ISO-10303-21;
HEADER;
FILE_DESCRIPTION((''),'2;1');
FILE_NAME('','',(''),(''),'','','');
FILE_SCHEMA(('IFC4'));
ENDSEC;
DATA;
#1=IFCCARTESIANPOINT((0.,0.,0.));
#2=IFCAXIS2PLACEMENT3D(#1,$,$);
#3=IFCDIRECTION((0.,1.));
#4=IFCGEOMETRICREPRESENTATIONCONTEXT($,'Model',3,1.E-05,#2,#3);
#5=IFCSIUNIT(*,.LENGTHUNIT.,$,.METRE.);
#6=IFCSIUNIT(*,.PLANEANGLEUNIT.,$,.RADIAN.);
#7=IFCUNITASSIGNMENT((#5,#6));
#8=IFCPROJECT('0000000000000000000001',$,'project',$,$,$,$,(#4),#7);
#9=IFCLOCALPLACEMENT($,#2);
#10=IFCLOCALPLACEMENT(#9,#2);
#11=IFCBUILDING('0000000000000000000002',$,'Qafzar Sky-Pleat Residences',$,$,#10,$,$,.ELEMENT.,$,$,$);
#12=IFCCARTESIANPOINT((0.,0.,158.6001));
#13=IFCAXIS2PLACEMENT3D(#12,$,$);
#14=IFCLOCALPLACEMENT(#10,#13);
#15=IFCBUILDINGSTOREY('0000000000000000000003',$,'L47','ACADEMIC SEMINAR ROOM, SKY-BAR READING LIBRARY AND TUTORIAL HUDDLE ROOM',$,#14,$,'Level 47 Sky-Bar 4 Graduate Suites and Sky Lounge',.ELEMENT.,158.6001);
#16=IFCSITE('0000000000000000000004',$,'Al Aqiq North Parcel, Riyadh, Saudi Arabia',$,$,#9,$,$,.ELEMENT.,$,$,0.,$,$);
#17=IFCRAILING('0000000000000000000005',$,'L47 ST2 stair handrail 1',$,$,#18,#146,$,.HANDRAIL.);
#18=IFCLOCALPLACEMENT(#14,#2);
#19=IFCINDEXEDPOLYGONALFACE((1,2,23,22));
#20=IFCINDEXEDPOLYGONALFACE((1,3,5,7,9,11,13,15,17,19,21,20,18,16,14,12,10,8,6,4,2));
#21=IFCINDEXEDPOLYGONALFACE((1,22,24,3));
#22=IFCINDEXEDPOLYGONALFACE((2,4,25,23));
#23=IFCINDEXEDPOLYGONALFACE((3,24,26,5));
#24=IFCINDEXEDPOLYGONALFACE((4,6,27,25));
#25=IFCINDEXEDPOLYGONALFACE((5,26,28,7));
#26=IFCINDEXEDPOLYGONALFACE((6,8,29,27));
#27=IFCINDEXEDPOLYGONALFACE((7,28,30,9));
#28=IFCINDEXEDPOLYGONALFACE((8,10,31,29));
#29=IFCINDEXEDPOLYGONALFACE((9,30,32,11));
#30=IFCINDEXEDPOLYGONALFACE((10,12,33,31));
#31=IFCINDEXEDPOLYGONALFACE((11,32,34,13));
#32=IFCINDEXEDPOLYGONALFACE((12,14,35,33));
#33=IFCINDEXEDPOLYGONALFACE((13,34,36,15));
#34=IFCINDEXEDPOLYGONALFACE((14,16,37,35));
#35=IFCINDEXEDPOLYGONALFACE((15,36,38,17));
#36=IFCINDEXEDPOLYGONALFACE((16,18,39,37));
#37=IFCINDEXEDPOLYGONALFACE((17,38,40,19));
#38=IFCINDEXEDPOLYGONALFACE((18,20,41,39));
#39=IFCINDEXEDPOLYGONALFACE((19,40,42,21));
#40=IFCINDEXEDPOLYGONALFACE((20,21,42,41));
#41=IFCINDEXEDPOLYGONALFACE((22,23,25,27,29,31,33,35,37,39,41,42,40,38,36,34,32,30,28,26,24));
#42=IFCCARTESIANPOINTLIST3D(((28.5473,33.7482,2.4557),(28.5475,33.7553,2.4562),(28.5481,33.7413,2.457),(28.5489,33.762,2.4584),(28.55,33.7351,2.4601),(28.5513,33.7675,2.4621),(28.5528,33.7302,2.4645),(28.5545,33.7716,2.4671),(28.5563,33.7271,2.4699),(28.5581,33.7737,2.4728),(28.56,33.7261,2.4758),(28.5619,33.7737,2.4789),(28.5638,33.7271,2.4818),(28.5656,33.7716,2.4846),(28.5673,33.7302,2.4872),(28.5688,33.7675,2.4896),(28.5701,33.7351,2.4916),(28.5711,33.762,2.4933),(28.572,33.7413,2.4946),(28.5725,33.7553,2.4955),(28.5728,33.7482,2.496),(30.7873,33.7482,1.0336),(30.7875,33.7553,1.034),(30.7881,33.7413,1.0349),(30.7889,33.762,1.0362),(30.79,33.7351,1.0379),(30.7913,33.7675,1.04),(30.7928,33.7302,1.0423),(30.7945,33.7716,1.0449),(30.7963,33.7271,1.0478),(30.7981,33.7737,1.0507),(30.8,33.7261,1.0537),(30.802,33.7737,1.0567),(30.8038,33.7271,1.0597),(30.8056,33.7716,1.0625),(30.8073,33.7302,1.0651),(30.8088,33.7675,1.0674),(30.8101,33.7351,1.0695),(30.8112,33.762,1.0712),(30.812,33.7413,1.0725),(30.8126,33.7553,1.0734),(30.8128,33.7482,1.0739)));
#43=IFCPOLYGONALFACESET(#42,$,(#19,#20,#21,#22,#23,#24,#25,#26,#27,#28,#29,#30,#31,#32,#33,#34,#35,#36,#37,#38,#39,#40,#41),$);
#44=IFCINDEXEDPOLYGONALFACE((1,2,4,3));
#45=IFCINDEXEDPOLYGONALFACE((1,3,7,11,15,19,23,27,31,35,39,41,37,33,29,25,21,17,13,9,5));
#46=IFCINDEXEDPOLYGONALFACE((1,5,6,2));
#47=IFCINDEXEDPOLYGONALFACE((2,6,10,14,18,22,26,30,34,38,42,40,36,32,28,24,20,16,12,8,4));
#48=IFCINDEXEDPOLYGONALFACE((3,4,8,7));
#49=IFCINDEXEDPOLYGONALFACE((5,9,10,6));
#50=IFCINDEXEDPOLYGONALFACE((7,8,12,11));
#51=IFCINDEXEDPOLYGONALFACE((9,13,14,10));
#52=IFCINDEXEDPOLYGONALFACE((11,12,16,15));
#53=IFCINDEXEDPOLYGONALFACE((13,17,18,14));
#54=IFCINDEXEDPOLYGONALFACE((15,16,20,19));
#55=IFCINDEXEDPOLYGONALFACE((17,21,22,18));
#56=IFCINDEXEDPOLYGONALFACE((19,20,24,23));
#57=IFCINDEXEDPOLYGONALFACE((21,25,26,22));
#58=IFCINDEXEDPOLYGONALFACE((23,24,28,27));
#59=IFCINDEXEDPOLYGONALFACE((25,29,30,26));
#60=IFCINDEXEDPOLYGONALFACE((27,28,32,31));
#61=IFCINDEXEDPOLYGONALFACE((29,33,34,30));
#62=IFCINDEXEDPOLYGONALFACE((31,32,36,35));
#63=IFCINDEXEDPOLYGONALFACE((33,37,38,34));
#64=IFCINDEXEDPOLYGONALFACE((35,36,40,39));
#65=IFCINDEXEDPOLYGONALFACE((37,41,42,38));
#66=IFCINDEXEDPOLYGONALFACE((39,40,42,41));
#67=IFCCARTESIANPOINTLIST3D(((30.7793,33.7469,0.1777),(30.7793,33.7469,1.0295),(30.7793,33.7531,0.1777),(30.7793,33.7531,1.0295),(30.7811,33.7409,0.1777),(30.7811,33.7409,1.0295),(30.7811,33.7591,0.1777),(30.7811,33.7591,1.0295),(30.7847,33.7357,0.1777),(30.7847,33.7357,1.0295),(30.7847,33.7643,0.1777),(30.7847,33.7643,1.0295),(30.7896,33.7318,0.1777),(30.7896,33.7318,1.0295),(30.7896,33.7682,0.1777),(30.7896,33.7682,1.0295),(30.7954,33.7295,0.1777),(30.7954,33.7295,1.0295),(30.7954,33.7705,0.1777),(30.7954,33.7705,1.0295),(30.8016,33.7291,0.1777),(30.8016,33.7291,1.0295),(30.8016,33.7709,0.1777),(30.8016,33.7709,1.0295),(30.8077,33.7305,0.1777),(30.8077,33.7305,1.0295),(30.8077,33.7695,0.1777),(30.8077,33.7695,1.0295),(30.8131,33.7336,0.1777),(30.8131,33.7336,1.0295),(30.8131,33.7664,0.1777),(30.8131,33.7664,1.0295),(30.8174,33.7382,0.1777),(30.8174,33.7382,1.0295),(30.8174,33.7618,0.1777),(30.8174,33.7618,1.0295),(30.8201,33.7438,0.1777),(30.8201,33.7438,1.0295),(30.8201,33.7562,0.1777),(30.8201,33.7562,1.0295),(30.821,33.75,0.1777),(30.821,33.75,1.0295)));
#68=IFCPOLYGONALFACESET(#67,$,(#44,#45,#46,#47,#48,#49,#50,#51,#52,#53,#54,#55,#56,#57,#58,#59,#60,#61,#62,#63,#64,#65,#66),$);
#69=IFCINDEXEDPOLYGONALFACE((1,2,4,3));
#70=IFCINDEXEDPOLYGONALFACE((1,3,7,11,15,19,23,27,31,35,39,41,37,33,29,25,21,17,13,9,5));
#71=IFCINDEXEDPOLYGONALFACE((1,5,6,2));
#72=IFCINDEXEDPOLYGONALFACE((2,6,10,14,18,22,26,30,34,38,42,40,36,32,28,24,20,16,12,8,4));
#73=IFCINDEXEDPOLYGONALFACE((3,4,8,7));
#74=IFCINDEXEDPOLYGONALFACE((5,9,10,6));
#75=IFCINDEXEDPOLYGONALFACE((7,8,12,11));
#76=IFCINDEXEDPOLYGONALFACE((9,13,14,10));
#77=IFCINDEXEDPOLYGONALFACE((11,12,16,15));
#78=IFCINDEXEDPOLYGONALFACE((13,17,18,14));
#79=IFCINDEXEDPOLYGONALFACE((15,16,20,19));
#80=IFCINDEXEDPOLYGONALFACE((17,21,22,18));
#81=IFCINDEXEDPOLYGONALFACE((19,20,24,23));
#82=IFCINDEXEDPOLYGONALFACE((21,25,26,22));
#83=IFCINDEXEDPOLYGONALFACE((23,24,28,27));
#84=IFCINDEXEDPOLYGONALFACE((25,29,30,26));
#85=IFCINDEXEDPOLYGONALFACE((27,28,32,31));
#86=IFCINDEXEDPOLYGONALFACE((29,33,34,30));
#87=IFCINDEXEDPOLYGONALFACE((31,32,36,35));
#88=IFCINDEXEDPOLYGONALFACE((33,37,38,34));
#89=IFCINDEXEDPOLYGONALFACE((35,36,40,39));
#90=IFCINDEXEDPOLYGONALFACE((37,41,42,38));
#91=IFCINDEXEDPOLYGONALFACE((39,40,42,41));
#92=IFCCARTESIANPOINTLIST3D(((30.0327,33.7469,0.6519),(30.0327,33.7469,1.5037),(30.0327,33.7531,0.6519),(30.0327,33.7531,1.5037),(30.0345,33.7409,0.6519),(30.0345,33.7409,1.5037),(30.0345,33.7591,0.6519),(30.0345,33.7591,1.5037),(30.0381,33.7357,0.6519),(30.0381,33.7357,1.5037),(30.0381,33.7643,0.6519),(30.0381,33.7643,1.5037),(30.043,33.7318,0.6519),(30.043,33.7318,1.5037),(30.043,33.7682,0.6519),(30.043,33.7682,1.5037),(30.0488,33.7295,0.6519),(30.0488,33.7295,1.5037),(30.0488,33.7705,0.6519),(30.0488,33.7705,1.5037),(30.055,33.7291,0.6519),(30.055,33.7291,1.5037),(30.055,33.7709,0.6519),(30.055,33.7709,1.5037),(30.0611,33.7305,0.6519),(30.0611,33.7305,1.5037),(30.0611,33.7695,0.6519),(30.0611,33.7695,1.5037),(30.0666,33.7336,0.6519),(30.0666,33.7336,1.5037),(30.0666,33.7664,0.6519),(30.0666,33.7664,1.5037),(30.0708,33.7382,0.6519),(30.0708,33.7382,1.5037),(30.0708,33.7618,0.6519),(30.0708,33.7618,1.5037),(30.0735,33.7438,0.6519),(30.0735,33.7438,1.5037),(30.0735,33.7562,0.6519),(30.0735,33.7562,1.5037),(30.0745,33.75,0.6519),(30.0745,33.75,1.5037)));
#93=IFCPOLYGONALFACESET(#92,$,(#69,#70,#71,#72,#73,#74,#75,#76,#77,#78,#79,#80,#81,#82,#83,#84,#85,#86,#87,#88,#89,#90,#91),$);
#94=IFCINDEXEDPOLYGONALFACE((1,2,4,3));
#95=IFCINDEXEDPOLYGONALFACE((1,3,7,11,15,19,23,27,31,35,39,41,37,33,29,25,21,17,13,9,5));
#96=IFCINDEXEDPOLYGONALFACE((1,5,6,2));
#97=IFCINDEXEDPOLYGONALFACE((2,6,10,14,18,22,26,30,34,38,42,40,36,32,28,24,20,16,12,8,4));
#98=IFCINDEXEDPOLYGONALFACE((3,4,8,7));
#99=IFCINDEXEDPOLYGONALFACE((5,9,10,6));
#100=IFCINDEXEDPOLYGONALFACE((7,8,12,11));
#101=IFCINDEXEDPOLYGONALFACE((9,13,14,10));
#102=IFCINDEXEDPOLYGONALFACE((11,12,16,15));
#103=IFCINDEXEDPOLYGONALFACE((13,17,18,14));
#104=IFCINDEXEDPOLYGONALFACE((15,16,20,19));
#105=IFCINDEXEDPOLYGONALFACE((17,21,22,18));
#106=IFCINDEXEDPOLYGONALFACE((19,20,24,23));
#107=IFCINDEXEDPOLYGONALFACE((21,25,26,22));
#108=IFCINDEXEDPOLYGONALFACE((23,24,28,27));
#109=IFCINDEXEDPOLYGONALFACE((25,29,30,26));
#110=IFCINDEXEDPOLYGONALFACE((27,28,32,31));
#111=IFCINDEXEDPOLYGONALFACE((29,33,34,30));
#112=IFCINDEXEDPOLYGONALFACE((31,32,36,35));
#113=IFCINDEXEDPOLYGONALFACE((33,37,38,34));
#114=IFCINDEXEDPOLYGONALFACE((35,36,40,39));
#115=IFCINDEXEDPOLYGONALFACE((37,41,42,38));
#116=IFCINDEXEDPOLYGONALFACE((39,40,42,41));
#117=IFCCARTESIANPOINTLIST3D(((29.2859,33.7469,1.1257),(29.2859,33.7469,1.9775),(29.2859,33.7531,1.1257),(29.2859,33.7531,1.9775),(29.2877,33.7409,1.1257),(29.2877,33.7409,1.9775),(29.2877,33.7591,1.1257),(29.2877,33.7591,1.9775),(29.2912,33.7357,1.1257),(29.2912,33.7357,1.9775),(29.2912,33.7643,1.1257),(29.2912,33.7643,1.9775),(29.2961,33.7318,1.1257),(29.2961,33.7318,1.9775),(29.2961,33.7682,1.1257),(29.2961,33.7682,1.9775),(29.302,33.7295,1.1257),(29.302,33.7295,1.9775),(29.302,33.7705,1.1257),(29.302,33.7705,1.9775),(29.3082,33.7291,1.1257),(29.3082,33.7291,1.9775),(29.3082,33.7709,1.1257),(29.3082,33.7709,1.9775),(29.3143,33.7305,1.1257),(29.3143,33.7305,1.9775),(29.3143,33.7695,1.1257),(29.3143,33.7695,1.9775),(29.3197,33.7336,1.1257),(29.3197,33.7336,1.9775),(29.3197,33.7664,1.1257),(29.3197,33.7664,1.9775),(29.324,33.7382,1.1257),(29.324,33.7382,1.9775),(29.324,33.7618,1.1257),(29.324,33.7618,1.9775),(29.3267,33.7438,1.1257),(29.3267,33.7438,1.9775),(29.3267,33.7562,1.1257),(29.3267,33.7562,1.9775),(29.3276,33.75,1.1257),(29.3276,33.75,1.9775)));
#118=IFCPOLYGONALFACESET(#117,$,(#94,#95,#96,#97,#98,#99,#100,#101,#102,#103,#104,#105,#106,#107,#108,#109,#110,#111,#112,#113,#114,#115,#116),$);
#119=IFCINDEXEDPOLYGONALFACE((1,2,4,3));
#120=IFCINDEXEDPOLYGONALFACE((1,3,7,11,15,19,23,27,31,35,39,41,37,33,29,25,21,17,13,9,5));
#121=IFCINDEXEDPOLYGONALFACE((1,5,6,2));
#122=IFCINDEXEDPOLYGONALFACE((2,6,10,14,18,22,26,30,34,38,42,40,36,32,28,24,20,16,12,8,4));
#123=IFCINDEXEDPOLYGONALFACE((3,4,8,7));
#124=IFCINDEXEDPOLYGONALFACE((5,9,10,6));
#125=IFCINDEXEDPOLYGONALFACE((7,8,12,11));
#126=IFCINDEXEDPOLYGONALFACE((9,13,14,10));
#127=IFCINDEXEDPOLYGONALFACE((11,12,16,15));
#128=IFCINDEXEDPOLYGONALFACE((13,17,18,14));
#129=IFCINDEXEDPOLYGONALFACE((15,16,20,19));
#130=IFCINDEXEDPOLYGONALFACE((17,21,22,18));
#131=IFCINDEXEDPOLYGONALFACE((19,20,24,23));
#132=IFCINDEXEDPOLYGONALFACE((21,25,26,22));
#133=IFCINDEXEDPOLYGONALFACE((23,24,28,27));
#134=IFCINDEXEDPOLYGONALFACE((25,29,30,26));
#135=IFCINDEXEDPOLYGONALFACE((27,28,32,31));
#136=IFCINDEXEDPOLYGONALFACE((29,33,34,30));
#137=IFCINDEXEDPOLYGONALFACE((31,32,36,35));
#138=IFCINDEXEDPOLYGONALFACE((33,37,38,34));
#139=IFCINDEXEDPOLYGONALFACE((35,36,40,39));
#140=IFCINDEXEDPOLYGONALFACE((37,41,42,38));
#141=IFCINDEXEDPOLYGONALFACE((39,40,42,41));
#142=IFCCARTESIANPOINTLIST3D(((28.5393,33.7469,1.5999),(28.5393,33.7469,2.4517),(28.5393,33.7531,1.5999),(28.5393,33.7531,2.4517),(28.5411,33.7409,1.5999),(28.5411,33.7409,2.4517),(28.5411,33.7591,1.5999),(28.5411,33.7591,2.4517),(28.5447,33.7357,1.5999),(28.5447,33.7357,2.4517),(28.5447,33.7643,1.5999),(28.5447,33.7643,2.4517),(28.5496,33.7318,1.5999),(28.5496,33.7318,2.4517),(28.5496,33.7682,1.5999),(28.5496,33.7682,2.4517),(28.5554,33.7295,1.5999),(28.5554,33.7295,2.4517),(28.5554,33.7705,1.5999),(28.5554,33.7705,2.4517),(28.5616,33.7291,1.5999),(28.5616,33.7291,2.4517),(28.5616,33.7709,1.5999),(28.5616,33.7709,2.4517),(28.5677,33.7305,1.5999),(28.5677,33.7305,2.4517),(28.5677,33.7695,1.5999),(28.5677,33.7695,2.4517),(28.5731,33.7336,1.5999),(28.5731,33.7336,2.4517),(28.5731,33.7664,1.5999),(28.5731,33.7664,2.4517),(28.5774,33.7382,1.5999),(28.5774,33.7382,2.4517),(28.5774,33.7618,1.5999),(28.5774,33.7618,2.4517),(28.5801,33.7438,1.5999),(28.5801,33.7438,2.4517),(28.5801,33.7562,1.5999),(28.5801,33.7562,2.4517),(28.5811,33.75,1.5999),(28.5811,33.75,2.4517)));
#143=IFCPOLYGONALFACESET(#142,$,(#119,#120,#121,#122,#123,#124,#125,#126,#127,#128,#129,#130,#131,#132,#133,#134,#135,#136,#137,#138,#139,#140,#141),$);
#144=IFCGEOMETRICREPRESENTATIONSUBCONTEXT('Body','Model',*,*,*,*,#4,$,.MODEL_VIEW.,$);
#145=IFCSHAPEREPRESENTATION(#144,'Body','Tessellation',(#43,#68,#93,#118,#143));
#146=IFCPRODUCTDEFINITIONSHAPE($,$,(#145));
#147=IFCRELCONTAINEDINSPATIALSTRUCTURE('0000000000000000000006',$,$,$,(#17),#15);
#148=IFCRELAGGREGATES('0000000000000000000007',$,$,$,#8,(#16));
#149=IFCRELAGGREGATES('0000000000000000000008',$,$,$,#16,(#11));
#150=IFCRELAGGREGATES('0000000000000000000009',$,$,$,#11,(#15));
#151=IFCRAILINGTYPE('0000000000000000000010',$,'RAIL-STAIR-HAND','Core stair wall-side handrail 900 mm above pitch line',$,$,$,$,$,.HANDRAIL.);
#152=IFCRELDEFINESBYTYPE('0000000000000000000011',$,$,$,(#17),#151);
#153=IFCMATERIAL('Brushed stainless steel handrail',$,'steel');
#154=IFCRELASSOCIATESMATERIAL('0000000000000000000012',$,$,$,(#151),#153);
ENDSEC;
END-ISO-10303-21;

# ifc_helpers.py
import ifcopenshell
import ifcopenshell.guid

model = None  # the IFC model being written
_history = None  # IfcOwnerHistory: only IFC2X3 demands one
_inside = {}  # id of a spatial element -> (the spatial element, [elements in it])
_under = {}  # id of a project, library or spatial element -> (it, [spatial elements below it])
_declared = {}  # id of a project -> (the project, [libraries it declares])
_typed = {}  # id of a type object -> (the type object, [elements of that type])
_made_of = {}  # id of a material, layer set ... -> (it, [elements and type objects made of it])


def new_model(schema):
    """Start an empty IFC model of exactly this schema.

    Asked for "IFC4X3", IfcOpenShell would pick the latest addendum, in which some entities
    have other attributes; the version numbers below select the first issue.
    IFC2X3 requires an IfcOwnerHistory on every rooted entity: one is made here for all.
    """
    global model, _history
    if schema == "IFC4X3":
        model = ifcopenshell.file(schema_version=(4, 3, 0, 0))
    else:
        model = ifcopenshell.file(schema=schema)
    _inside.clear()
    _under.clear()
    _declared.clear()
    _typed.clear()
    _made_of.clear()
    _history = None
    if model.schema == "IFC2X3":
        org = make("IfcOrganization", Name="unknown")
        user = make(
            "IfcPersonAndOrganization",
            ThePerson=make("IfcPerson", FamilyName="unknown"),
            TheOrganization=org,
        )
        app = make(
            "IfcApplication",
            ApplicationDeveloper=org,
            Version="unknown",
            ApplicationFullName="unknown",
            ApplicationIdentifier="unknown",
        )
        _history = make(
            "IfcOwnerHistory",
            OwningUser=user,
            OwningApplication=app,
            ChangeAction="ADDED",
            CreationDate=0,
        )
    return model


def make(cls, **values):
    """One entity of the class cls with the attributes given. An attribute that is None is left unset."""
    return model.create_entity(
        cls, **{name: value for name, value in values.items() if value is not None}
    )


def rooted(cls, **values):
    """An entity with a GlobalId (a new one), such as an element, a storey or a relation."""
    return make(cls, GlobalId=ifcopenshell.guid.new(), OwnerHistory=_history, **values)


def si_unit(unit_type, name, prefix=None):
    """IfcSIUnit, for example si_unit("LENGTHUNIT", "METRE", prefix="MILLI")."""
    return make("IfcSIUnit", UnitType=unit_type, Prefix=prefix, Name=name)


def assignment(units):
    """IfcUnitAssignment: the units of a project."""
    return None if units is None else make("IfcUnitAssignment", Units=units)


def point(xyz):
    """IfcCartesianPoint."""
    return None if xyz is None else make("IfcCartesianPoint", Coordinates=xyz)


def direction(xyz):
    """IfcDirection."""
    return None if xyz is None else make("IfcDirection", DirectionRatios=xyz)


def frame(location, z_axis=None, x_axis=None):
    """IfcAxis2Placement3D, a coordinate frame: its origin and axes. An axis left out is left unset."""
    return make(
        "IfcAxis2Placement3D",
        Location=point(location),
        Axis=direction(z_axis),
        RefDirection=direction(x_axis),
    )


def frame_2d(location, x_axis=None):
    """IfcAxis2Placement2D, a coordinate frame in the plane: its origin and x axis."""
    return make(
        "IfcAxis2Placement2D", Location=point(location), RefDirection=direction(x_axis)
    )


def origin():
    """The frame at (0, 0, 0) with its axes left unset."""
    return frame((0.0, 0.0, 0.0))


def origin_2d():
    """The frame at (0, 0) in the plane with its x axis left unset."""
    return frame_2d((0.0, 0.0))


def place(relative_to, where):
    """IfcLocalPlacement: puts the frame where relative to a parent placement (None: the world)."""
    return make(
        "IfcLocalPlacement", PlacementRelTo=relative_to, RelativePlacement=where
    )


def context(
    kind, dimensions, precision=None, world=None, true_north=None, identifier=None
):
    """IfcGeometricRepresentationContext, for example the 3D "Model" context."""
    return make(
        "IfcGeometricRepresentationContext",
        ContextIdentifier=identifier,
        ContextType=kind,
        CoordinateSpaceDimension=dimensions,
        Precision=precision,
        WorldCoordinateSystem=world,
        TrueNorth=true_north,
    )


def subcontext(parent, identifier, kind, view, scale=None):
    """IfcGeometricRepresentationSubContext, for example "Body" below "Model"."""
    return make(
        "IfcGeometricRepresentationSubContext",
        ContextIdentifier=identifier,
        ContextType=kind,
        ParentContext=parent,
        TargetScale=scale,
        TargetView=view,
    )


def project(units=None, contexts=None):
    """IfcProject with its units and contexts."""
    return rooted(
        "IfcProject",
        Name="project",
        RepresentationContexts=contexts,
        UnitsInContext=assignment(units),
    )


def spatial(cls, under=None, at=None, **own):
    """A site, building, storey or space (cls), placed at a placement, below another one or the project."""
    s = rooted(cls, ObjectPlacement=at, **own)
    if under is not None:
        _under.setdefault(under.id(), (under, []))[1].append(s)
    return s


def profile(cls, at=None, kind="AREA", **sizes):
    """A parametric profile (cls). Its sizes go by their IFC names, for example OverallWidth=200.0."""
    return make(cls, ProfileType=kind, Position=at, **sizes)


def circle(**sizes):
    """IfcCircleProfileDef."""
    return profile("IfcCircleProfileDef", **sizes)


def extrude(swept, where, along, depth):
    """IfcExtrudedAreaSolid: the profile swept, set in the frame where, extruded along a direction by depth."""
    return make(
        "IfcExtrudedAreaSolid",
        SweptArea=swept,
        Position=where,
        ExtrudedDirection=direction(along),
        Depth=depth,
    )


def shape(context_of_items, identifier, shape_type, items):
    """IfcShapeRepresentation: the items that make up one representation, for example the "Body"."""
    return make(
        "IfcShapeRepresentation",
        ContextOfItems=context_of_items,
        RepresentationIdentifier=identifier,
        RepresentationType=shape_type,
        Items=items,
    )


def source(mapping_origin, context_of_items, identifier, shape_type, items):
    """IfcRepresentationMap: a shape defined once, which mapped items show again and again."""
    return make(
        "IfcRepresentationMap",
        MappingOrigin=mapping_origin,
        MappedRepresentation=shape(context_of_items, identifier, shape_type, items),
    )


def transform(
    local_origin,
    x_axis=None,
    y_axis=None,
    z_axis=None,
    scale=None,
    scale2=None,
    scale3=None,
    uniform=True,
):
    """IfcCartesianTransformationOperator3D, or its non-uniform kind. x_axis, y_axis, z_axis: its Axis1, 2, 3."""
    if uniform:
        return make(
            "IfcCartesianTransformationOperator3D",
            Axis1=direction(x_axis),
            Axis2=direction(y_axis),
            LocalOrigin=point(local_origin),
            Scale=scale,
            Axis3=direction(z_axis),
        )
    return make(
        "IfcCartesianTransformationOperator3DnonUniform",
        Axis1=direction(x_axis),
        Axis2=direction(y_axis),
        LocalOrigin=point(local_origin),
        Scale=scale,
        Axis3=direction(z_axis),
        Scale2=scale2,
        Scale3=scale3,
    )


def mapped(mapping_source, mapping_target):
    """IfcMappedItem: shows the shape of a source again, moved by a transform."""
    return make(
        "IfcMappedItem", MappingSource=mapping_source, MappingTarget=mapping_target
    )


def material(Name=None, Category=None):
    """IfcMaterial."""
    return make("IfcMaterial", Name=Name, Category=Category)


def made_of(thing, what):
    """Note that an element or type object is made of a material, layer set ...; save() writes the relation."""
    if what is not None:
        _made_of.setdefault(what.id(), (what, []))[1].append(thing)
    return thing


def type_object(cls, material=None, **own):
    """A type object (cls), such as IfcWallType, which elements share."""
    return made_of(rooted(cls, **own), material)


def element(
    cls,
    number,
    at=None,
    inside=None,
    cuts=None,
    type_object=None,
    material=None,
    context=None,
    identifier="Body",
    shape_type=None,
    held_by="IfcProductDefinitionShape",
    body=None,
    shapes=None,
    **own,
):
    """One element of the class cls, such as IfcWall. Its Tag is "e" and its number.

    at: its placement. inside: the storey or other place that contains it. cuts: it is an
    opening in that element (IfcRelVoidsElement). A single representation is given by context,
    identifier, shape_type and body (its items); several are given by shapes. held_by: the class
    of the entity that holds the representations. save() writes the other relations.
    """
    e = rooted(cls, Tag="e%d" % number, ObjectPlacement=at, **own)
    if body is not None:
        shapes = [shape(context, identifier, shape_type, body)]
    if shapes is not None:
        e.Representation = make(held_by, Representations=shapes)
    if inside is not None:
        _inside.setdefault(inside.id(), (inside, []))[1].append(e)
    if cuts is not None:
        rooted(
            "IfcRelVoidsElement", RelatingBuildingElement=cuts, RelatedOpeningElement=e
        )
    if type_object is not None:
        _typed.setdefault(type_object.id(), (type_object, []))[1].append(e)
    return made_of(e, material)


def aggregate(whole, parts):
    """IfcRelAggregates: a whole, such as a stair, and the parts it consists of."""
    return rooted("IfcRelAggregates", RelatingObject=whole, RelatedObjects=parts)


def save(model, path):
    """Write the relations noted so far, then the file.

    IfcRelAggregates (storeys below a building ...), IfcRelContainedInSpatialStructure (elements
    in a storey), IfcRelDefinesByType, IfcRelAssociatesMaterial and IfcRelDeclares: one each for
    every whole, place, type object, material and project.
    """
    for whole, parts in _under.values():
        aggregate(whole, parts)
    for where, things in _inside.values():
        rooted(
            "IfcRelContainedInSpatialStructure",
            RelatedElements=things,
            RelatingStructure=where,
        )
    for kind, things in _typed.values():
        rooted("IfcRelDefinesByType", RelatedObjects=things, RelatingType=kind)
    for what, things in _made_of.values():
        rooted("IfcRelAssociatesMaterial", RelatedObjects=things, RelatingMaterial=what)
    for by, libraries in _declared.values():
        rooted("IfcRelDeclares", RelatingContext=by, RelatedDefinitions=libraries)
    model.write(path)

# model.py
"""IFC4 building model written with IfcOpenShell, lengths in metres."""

from ifc_helpers import new_model, si_unit, direction, frame, origin, origin_2d, place, context, subcontext, project, spatial, circle, extrude, source, transform, mapped, material, type_object, element, save


model = new_model("IFC4")

# Units and contexts
model_context = context("Model", 3, precision=1e-05, world=origin(), true_north=direction((0.0, 1.0)))
body_context = subcontext(model_context, "Body", "Model", "MODEL_VIEW")
ifc_project = project(units=[si_unit("LENGTHUNIT", "METRE"), si_unit("PLANEANGLEUNIT", "RADIAN")], contexts=[model_context])

# Site, building, storey
site_placement = place(None, origin())
site = spatial("IfcSite", under=ifc_project, at=site_placement, Name="Al Aqiq North Parcel, Riyadh, Saudi Arabia", CompositionType="ELEMENT", RefElevation=0.0)
building_placement = place(site_placement, origin())
building = spatial("IfcBuilding", under=site, at=building_placement, Name="Qafzar Sky-Pleat Residences", CompositionType="ELEMENT")
storey_placement = place(building_placement, frame((0.0, 0.0, 158.6001)))
storey = spatial("IfcBuildingStorey", under=building, at=storey_placement, Name="L47", Description="ACADEMIC SEMINAR ROOM, SKY-BAR READING LIBRARY AND TUTORIAL HUDDLE ROOM", LongName="Level 47 Sky-Bar 4 Graduate Suites and Sky Lounge", CompositionType="ELEMENT", Elevation=158.6001)

# Railing
ifc_material_1 = material(Name="Brushed stainless steel handrail", Category="steel")
railing_type_1 = type_object("IfcRailingType", Name="RAIL-STAIR-HAND", Description="Core stair wall-side handrail 900 mm above pitch line", PredefinedType="HANDRAIL", material=ifc_material_1)
shared_shape_1 = source(origin(), body_context, "Body", "SweptSolid", [
    extrude(circle(Radius=0.0239, at=origin_2d()), frame((0.0, 0.0, 0.876), z_axis=(-0.844229, 0.0, 0.535982), x_axis=(0.0, -1.0, 0.0)), (0.0, 0.0, 1.0), 2.6533),
    extrude(circle(Radius=0.021, at=origin_2d()), origin(), (0.0, 0.0, 1.0), 0.8518),
    extrude(circle(Radius=0.021, at=origin_2d()), frame((-0.7466, 0.0, 0.4741)), (0.0, 0.0, 1.0), 0.8518),
    extrude(circle(Radius=0.021, at=origin_2d()), frame((-1.4934, 0.0, 0.948)), (0.0, 0.0, 1.0), 0.8518),
    extrude(circle(Radius=0.021, at=origin_2d()), frame((-2.24, 0.0, 1.4221)), (0.0, 0.0, 1.0), 0.8518),
])
railing_1_placement = place(storey_placement, frame((30.8, 33.75, 0.1777)))
element("IfcRailing", 1, at=railing_1_placement, inside=storey, type_object=railing_type_1, Name="L47 ST2 stair handrail 1", PredefinedType="HANDRAIL", context=body_context, shape_type="MappedRepresentation", body=[
    mapped(shared_shape_1, transform((0.0, 0.0, 0.0), x_axis=(1.0, 0.0, 0.0), y_axis=(0.0, 1.0, 0.0), z_axis=(0.0, 0.0, 1.0), scale=1.0)),
])

save(model, "model.ifc")
